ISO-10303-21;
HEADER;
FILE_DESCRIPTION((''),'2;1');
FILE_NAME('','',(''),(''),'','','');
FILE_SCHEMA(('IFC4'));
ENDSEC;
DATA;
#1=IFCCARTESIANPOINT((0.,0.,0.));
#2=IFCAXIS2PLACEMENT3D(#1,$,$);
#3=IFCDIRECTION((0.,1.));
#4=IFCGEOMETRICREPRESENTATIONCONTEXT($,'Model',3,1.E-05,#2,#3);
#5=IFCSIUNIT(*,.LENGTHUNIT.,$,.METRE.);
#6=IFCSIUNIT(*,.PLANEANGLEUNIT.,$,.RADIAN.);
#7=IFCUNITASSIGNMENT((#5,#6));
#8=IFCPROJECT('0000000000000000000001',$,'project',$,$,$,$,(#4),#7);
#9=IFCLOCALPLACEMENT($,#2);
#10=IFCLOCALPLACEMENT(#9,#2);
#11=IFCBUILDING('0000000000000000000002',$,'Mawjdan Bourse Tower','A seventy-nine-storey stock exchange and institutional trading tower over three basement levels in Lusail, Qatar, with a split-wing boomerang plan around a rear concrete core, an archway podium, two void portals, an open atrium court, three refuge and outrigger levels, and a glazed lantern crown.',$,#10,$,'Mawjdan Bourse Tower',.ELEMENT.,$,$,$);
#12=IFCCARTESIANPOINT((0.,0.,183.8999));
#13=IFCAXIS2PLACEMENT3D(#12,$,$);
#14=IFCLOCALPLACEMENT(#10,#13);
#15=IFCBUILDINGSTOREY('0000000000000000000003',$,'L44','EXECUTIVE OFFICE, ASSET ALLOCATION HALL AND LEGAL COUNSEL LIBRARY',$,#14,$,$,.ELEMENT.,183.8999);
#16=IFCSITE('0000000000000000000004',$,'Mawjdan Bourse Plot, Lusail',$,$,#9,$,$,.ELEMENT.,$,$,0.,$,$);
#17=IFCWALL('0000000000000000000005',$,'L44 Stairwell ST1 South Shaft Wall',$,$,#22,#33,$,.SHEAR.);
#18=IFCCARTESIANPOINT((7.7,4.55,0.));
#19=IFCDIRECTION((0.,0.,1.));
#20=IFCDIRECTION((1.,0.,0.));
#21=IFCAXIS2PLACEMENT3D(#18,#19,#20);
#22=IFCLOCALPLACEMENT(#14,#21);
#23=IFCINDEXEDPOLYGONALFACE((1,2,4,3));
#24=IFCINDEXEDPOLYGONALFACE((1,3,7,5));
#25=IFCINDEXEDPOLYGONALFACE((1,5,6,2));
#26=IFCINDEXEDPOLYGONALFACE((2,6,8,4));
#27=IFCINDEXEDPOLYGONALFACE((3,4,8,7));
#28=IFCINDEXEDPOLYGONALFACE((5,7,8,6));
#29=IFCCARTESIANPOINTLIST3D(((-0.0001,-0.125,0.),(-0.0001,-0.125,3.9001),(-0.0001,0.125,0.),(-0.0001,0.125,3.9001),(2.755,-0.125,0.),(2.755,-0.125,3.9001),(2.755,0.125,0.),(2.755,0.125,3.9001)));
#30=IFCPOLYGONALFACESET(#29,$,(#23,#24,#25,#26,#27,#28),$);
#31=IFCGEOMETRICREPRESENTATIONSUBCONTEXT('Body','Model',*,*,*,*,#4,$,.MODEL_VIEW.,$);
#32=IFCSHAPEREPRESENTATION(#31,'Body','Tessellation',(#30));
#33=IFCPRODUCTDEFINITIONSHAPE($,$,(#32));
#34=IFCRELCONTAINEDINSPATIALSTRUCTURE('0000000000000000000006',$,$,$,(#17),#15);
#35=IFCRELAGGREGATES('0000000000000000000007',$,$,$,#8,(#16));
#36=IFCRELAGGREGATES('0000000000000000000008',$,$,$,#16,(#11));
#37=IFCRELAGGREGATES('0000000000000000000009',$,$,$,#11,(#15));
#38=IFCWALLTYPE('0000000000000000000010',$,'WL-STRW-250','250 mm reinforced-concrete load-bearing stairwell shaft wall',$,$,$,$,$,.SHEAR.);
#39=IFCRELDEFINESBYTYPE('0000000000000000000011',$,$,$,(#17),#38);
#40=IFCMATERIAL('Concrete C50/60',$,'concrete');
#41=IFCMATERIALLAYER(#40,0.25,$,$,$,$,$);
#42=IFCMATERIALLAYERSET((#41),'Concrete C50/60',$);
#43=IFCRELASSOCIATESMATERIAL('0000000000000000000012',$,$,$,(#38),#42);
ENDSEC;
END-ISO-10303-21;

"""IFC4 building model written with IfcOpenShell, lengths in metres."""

from ifc_helpers import new_model, si_unit, direction, frame, frame_2d, origin, place, context, subcontext, project, spatial, rectangle, extrude, material, layer, layer_set, type_object, element, save


model = new_model("IFC4")

# Units and contexts
model_context = context("Model", 3, precision=1e-05, world=origin(), true_north=direction((0.0, 1.0)))
body_context = subcontext(model_context, "Body", "Model", "MODEL_VIEW")
ifc_project = project(units=[si_unit("LENGTHUNIT", "METRE"), si_unit("PLANEANGLEUNIT", "RADIAN")], contexts=[model_context])

# Site, building, storey
site_placement = place(None, origin())
site = spatial("IfcSite", under=ifc_project, at=site_placement, Name="Mawjdan Bourse Plot, Lusail", CompositionType="ELEMENT", RefElevation=0.0)
building_placement = place(site_placement, origin())
building = spatial("IfcBuilding", under=site, at=building_placement, Name="Mawjdan Bourse Tower", Description="A seventy-nine-storey stock exchange and institutional trading tower over three basement levels in Lusail, Qatar, with a split-wing boomerang plan around a rear concrete core, an archway podium, two void portals, an open atrium court, three refuge and outrigger levels, and a glazed lantern crown.", LongName="Mawjdan Bourse Tower", CompositionType="ELEMENT")
storey_placement = place(building_placement, frame((0.0, 0.0, 183.8999)))
storey = spatial("IfcBuildingStorey", under=building, at=storey_placement, Name="L44", Description="EXECUTIVE OFFICE, ASSET ALLOCATION HALL AND LEGAL COUNSEL LIBRARY", CompositionType="ELEMENT", Elevation=183.8999)

# Shared definitions
ifc_material_1 = material(Name="Concrete C50/60", Category="concrete")

# Wall
ifc_layer_1 = layer(ifc_material_1, 0.25)
ifc_layer_set_1 = layer_set([ifc_layer_1], Name="Concrete C50/60")
wall_type_1 = type_object("IfcWallType", Name="WL-STRW-250", Description="250 mm reinforced-concrete load-bearing stairwell shaft wall", PredefinedType="SHEAR", material=ifc_layer_set_1)
wall_1_placement = place(storey_placement, frame((7.7, 4.55, 0.0), z_axis=(0.0, 0.0, 1.0), x_axis=(1.0, 0.0, 0.0)))
element("IfcWall", 1, at=wall_1_placement, inside=storey, type_object=wall_type_1, Name="L44 Stairwell ST1 South Shaft Wall", PredefinedType="SHEAR", context=body_context, shape_type="SweptSolid", body=[
    extrude(rectangle(XDim=2.7551, YDim=0.25, at=frame_2d((1.3774, 0.0))), origin(), (0.0, 0.0, 1.0), 3.9001),
])

save(model, "model.ifc")
